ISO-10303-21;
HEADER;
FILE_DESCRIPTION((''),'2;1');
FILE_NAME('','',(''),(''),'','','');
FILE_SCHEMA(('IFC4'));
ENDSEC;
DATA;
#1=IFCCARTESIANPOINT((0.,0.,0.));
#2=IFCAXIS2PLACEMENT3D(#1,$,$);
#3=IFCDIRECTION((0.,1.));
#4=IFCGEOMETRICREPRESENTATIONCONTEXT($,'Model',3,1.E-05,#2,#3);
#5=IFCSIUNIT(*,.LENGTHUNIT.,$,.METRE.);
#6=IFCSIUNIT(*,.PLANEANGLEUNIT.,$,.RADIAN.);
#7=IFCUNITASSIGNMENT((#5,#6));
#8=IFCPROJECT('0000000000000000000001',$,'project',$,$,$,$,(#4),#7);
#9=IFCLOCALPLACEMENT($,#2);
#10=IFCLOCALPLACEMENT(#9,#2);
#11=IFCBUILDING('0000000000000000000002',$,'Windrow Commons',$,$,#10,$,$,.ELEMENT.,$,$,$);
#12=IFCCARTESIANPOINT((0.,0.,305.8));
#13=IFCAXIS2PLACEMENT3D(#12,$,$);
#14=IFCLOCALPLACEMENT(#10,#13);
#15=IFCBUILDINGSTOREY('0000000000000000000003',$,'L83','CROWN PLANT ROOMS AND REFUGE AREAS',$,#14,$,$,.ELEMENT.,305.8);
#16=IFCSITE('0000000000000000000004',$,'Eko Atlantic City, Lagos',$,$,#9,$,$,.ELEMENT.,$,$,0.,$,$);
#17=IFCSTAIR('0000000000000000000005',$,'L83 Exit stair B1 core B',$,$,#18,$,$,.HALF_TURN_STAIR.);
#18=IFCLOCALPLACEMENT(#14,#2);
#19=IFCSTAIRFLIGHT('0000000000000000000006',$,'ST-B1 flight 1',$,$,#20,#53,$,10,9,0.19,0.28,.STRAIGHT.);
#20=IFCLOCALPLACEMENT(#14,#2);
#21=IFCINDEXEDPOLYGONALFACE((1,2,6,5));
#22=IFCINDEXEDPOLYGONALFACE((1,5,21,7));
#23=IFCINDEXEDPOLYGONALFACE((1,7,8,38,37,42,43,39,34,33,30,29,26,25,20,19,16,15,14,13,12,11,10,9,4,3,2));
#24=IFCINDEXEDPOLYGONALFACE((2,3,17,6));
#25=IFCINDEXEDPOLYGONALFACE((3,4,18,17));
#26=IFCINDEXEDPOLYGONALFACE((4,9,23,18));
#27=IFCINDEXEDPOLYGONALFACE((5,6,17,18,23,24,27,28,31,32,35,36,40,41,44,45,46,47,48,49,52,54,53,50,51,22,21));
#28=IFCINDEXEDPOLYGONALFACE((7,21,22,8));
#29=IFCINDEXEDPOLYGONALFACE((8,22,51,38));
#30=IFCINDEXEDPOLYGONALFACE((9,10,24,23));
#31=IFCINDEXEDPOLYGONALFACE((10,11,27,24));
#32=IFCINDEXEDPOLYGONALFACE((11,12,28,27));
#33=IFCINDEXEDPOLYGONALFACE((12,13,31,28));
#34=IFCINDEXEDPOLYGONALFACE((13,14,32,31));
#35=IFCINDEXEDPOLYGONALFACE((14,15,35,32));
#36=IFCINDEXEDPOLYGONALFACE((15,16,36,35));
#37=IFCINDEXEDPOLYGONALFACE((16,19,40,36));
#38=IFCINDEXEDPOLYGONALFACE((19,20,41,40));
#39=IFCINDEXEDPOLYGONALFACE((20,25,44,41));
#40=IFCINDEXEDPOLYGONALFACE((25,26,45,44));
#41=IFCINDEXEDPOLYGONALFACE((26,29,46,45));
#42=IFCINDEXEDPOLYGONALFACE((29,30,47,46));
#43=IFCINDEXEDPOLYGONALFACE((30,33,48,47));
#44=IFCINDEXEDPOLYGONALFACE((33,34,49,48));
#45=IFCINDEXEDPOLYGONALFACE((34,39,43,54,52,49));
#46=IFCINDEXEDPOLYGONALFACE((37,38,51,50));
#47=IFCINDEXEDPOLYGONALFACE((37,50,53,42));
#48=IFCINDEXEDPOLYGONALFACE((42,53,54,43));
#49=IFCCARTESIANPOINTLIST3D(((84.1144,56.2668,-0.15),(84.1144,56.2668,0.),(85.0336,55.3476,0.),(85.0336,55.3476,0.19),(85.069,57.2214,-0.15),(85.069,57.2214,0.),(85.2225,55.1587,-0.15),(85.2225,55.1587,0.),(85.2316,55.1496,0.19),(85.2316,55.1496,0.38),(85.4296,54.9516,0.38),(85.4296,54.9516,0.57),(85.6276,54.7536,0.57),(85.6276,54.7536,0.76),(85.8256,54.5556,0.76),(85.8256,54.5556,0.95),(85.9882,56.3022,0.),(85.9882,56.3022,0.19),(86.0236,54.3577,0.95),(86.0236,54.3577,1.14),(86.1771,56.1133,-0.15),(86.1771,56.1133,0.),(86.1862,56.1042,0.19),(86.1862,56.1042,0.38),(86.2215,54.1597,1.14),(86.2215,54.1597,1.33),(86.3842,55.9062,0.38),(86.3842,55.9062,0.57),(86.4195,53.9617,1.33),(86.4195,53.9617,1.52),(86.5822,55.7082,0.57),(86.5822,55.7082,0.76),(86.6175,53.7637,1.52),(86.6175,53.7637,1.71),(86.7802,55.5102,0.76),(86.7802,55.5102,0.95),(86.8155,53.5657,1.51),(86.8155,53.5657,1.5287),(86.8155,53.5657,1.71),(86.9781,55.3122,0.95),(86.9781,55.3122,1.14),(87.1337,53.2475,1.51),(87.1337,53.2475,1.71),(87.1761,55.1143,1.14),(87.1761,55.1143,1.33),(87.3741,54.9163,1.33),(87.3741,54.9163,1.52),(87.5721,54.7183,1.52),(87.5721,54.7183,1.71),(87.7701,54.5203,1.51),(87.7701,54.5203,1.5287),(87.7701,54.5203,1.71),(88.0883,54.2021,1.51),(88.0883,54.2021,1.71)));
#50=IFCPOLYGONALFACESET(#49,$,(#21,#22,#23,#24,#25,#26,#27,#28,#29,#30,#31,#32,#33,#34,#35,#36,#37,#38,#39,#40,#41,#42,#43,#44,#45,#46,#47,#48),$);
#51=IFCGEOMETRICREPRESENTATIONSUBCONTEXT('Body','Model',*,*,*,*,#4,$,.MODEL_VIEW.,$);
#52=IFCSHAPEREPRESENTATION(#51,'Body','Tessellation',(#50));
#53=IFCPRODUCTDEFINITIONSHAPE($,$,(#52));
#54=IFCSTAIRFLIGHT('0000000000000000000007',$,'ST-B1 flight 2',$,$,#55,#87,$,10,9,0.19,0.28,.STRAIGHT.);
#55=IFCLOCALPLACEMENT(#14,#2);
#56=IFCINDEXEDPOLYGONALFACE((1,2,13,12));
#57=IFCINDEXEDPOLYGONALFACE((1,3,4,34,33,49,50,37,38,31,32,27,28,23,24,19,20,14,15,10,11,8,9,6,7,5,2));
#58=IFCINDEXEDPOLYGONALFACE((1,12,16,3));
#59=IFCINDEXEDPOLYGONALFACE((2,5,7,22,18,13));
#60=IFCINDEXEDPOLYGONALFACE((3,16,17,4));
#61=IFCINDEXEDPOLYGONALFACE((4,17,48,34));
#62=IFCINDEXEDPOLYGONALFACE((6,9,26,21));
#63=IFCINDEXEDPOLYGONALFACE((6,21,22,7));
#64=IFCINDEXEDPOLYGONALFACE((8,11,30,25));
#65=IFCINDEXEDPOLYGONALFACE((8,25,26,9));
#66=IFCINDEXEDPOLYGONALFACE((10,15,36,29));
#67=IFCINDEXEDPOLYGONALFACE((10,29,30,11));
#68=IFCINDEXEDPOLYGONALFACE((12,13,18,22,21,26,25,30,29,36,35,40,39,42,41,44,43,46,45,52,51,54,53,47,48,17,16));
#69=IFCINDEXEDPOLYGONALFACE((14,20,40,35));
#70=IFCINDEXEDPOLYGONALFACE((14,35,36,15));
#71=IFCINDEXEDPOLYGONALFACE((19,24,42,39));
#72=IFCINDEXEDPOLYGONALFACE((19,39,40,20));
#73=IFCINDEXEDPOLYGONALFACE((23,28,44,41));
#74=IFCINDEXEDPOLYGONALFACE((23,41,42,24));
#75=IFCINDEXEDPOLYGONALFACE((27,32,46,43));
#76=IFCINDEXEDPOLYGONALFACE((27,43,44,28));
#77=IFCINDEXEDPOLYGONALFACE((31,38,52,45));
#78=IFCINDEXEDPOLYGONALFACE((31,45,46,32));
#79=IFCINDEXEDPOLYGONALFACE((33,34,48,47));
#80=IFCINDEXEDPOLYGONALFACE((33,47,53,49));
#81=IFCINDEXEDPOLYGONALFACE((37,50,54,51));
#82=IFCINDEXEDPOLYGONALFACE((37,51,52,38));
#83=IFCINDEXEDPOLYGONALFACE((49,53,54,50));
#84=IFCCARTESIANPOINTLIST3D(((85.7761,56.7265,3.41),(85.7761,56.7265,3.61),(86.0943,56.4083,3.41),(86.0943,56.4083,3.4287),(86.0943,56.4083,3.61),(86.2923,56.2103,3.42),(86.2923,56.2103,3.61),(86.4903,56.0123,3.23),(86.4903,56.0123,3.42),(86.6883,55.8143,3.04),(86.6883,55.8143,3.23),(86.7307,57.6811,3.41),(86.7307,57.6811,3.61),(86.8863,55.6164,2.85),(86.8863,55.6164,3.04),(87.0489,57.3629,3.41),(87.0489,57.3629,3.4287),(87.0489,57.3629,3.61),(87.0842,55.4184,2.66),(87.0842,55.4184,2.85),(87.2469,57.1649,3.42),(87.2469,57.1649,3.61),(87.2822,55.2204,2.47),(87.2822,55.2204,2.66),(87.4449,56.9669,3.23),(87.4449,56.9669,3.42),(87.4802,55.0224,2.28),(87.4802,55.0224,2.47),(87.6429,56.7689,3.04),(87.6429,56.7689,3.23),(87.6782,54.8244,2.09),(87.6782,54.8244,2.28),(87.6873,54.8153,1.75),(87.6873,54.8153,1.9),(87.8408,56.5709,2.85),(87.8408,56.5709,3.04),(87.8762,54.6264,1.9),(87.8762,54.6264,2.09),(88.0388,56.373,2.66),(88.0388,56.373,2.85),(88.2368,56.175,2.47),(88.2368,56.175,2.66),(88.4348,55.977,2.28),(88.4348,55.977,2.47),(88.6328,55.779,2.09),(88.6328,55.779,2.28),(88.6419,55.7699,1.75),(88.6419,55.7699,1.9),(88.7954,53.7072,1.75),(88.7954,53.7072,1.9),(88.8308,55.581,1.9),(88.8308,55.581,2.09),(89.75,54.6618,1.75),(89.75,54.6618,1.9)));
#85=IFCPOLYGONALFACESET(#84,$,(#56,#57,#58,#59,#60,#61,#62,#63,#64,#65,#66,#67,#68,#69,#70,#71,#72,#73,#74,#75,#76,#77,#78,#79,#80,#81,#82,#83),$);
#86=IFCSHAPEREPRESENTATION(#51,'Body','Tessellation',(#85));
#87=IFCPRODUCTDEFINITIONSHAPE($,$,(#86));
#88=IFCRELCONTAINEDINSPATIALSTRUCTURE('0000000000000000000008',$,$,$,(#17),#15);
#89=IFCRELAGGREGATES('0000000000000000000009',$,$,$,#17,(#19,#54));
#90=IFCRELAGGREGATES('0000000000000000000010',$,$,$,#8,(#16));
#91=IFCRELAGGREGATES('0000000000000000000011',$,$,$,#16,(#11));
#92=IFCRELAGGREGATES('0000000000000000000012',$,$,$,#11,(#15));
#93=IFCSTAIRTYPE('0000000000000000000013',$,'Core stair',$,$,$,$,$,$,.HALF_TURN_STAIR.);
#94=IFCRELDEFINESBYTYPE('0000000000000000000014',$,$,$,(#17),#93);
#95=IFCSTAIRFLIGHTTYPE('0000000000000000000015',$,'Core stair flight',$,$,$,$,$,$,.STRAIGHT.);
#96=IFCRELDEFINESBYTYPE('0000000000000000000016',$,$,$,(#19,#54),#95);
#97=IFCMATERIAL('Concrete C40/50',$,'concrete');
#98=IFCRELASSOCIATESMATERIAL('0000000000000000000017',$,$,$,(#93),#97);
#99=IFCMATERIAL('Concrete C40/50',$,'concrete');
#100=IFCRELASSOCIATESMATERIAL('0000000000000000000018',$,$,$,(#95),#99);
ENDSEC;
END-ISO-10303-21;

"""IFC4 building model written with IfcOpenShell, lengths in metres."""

from ifc_helpers import new_model, si_unit, direction, frame, origin, place, context, subcontext, project, spatial, polyline, outline, extrude, material, type_object, element, aggregate, save


model = new_model("IFC4")

# Units and contexts
model_context = context("Model", 3, precision=1e-05, world=origin(), true_north=direction((0.0, 1.0)))
body_context = subcontext(model_context, "Body", "Model", "MODEL_VIEW")
ifc_project = project(units=[si_unit("LENGTHUNIT", "METRE"), si_unit("PLANEANGLEUNIT", "RADIAN")], contexts=[model_context])

# Site, building, storey
site_placement = place(None, origin())
site = spatial("IfcSite", under=ifc_project, at=site_placement, Name="Eko Atlantic City, Lagos", CompositionType="ELEMENT", RefElevation=0.0)
building_placement = place(site_placement, origin())
building = spatial("IfcBuilding", under=site, at=building_placement, Name="Windrow Commons", CompositionType="ELEMENT")
storey_placement = place(building_placement, frame((0.0, 0.0, 305.8)))
storey = spatial("IfcBuildingStorey", under=building, at=storey_placement, Name="L83", Description="CROWN PLANT ROOMS AND REFUGE AREAS", CompositionType="ELEMENT", Elevation=305.8)

# Stair, stair flights
ifc_material_1 = material(Name="Concrete C40/50", Category="concrete")
stair_type = type_object("IfcStairType", Name="Core stair", PredefinedType="HALF_TURN_STAIR", material=ifc_material_1)
stair_placement = place(storey_placement, origin())
stair = element("IfcStair", 1, at=stair_placement, inside=storey, type_object=stair_type, Name="L83 Exit stair B1 core B", PredefinedType="HALF_TURN_STAIR")
ifc_material_2 = material(Name="Concrete C40/50", Category="concrete")
stair_flight_type = type_object("IfcStairFlightType", Name="Core stair flight", PredefinedType="STRAIGHT", material=ifc_material_2)
stair_flight_1_placement = place(storey_placement, frame((85.5109, 55.8249, 0.0), z_axis=(0.0, 0.0, 1.0), x_axis=(0.707107, -0.707107, 0.0)))
stair_flight_1 = element("IfcStairFlight", 2, at=stair_flight_1_placement, type_object=stair_flight_type, Name="ST-B1 flight 1", NumberOfRisers=10, NumberOfTreads=9, PredefinedType="STRAIGHT", RiserHeight=0.19, TreadLength=0.28, context=body_context, shape_type="SweptSolid", body=[
    extrude(outline(polyline([(-1.3, -0.15), (-1.3, 0.0), (0.0, 0.0), (0.0, 0.19), (0.28, 0.19), (0.28, 0.38), (0.56, 0.38), (0.56, 0.57), (0.84, 0.57), (0.84, 0.76), (1.12, 0.76), (1.12, 0.95), (1.4, 0.95), (1.4, 1.14), (1.68, 1.14), (1.68, 1.33), (1.96, 1.33), (1.96, 1.52), (2.24, 1.52), (2.24, 1.71), (2.52, 1.71), (2.97, 1.71), (2.97, 1.51), (2.52, 1.51), (2.52, 1.5287), (0.2671, 0.0), (0.2671, -0.15), (-1.3, -0.15)])), frame((0.0, 0.675, 0.0), z_axis=(0.0, -1.0, 0.0), x_axis=(1.0, 0.0, 0.0)), (0.0, 0.0, 1.0), 1.35),
])
stair_flight_2_placement = place(storey_placement, frame((88.3535, 55.1037, 1.9), z_axis=(0.0, 0.0, 1.0), x_axis=(-0.707107, 0.707107, 0.0)))
stair_flight_2 = element("IfcStairFlight", 3, at=stair_flight_2_placement, type_object=stair_flight_type, Name="ST-B1 flight 2", NumberOfRisers=10, NumberOfTreads=9, PredefinedType="STRAIGHT", RiserHeight=0.19, TreadLength=0.28, context=body_context, shape_type="SweptSolid", body=[
    extrude(outline(polyline([(-1.3, -0.15), (-1.3, 0.0), (0.0, 0.0), (0.0, 0.19), (0.28, 0.19), (0.28, 0.38), (0.56, 0.38), (0.56, 0.57), (0.84, 0.57), (0.84, 0.76), (1.12, 0.76), (1.12, 0.95), (1.4, 0.95), (1.4, 1.14), (1.68, 1.14), (1.68, 1.33), (1.96, 1.33), (1.96, 1.52), (2.24, 1.52), (2.24, 1.71), (2.52, 1.71), (2.97, 1.71), (2.97, 1.51), (2.52, 1.51), (2.52, 1.5287), (0.2671, 0.0), (0.2671, -0.15), (-1.3, -0.15)])), frame((0.0, 0.675, 0.0), z_axis=(0.0, -1.0, 0.0), x_axis=(1.0, 0.0, 0.0)), (0.0, 0.0, 1.0), 1.35),
])
aggregate(stair, [stair_flight_1, stair_flight_2])

save(model, "model.ifc")
